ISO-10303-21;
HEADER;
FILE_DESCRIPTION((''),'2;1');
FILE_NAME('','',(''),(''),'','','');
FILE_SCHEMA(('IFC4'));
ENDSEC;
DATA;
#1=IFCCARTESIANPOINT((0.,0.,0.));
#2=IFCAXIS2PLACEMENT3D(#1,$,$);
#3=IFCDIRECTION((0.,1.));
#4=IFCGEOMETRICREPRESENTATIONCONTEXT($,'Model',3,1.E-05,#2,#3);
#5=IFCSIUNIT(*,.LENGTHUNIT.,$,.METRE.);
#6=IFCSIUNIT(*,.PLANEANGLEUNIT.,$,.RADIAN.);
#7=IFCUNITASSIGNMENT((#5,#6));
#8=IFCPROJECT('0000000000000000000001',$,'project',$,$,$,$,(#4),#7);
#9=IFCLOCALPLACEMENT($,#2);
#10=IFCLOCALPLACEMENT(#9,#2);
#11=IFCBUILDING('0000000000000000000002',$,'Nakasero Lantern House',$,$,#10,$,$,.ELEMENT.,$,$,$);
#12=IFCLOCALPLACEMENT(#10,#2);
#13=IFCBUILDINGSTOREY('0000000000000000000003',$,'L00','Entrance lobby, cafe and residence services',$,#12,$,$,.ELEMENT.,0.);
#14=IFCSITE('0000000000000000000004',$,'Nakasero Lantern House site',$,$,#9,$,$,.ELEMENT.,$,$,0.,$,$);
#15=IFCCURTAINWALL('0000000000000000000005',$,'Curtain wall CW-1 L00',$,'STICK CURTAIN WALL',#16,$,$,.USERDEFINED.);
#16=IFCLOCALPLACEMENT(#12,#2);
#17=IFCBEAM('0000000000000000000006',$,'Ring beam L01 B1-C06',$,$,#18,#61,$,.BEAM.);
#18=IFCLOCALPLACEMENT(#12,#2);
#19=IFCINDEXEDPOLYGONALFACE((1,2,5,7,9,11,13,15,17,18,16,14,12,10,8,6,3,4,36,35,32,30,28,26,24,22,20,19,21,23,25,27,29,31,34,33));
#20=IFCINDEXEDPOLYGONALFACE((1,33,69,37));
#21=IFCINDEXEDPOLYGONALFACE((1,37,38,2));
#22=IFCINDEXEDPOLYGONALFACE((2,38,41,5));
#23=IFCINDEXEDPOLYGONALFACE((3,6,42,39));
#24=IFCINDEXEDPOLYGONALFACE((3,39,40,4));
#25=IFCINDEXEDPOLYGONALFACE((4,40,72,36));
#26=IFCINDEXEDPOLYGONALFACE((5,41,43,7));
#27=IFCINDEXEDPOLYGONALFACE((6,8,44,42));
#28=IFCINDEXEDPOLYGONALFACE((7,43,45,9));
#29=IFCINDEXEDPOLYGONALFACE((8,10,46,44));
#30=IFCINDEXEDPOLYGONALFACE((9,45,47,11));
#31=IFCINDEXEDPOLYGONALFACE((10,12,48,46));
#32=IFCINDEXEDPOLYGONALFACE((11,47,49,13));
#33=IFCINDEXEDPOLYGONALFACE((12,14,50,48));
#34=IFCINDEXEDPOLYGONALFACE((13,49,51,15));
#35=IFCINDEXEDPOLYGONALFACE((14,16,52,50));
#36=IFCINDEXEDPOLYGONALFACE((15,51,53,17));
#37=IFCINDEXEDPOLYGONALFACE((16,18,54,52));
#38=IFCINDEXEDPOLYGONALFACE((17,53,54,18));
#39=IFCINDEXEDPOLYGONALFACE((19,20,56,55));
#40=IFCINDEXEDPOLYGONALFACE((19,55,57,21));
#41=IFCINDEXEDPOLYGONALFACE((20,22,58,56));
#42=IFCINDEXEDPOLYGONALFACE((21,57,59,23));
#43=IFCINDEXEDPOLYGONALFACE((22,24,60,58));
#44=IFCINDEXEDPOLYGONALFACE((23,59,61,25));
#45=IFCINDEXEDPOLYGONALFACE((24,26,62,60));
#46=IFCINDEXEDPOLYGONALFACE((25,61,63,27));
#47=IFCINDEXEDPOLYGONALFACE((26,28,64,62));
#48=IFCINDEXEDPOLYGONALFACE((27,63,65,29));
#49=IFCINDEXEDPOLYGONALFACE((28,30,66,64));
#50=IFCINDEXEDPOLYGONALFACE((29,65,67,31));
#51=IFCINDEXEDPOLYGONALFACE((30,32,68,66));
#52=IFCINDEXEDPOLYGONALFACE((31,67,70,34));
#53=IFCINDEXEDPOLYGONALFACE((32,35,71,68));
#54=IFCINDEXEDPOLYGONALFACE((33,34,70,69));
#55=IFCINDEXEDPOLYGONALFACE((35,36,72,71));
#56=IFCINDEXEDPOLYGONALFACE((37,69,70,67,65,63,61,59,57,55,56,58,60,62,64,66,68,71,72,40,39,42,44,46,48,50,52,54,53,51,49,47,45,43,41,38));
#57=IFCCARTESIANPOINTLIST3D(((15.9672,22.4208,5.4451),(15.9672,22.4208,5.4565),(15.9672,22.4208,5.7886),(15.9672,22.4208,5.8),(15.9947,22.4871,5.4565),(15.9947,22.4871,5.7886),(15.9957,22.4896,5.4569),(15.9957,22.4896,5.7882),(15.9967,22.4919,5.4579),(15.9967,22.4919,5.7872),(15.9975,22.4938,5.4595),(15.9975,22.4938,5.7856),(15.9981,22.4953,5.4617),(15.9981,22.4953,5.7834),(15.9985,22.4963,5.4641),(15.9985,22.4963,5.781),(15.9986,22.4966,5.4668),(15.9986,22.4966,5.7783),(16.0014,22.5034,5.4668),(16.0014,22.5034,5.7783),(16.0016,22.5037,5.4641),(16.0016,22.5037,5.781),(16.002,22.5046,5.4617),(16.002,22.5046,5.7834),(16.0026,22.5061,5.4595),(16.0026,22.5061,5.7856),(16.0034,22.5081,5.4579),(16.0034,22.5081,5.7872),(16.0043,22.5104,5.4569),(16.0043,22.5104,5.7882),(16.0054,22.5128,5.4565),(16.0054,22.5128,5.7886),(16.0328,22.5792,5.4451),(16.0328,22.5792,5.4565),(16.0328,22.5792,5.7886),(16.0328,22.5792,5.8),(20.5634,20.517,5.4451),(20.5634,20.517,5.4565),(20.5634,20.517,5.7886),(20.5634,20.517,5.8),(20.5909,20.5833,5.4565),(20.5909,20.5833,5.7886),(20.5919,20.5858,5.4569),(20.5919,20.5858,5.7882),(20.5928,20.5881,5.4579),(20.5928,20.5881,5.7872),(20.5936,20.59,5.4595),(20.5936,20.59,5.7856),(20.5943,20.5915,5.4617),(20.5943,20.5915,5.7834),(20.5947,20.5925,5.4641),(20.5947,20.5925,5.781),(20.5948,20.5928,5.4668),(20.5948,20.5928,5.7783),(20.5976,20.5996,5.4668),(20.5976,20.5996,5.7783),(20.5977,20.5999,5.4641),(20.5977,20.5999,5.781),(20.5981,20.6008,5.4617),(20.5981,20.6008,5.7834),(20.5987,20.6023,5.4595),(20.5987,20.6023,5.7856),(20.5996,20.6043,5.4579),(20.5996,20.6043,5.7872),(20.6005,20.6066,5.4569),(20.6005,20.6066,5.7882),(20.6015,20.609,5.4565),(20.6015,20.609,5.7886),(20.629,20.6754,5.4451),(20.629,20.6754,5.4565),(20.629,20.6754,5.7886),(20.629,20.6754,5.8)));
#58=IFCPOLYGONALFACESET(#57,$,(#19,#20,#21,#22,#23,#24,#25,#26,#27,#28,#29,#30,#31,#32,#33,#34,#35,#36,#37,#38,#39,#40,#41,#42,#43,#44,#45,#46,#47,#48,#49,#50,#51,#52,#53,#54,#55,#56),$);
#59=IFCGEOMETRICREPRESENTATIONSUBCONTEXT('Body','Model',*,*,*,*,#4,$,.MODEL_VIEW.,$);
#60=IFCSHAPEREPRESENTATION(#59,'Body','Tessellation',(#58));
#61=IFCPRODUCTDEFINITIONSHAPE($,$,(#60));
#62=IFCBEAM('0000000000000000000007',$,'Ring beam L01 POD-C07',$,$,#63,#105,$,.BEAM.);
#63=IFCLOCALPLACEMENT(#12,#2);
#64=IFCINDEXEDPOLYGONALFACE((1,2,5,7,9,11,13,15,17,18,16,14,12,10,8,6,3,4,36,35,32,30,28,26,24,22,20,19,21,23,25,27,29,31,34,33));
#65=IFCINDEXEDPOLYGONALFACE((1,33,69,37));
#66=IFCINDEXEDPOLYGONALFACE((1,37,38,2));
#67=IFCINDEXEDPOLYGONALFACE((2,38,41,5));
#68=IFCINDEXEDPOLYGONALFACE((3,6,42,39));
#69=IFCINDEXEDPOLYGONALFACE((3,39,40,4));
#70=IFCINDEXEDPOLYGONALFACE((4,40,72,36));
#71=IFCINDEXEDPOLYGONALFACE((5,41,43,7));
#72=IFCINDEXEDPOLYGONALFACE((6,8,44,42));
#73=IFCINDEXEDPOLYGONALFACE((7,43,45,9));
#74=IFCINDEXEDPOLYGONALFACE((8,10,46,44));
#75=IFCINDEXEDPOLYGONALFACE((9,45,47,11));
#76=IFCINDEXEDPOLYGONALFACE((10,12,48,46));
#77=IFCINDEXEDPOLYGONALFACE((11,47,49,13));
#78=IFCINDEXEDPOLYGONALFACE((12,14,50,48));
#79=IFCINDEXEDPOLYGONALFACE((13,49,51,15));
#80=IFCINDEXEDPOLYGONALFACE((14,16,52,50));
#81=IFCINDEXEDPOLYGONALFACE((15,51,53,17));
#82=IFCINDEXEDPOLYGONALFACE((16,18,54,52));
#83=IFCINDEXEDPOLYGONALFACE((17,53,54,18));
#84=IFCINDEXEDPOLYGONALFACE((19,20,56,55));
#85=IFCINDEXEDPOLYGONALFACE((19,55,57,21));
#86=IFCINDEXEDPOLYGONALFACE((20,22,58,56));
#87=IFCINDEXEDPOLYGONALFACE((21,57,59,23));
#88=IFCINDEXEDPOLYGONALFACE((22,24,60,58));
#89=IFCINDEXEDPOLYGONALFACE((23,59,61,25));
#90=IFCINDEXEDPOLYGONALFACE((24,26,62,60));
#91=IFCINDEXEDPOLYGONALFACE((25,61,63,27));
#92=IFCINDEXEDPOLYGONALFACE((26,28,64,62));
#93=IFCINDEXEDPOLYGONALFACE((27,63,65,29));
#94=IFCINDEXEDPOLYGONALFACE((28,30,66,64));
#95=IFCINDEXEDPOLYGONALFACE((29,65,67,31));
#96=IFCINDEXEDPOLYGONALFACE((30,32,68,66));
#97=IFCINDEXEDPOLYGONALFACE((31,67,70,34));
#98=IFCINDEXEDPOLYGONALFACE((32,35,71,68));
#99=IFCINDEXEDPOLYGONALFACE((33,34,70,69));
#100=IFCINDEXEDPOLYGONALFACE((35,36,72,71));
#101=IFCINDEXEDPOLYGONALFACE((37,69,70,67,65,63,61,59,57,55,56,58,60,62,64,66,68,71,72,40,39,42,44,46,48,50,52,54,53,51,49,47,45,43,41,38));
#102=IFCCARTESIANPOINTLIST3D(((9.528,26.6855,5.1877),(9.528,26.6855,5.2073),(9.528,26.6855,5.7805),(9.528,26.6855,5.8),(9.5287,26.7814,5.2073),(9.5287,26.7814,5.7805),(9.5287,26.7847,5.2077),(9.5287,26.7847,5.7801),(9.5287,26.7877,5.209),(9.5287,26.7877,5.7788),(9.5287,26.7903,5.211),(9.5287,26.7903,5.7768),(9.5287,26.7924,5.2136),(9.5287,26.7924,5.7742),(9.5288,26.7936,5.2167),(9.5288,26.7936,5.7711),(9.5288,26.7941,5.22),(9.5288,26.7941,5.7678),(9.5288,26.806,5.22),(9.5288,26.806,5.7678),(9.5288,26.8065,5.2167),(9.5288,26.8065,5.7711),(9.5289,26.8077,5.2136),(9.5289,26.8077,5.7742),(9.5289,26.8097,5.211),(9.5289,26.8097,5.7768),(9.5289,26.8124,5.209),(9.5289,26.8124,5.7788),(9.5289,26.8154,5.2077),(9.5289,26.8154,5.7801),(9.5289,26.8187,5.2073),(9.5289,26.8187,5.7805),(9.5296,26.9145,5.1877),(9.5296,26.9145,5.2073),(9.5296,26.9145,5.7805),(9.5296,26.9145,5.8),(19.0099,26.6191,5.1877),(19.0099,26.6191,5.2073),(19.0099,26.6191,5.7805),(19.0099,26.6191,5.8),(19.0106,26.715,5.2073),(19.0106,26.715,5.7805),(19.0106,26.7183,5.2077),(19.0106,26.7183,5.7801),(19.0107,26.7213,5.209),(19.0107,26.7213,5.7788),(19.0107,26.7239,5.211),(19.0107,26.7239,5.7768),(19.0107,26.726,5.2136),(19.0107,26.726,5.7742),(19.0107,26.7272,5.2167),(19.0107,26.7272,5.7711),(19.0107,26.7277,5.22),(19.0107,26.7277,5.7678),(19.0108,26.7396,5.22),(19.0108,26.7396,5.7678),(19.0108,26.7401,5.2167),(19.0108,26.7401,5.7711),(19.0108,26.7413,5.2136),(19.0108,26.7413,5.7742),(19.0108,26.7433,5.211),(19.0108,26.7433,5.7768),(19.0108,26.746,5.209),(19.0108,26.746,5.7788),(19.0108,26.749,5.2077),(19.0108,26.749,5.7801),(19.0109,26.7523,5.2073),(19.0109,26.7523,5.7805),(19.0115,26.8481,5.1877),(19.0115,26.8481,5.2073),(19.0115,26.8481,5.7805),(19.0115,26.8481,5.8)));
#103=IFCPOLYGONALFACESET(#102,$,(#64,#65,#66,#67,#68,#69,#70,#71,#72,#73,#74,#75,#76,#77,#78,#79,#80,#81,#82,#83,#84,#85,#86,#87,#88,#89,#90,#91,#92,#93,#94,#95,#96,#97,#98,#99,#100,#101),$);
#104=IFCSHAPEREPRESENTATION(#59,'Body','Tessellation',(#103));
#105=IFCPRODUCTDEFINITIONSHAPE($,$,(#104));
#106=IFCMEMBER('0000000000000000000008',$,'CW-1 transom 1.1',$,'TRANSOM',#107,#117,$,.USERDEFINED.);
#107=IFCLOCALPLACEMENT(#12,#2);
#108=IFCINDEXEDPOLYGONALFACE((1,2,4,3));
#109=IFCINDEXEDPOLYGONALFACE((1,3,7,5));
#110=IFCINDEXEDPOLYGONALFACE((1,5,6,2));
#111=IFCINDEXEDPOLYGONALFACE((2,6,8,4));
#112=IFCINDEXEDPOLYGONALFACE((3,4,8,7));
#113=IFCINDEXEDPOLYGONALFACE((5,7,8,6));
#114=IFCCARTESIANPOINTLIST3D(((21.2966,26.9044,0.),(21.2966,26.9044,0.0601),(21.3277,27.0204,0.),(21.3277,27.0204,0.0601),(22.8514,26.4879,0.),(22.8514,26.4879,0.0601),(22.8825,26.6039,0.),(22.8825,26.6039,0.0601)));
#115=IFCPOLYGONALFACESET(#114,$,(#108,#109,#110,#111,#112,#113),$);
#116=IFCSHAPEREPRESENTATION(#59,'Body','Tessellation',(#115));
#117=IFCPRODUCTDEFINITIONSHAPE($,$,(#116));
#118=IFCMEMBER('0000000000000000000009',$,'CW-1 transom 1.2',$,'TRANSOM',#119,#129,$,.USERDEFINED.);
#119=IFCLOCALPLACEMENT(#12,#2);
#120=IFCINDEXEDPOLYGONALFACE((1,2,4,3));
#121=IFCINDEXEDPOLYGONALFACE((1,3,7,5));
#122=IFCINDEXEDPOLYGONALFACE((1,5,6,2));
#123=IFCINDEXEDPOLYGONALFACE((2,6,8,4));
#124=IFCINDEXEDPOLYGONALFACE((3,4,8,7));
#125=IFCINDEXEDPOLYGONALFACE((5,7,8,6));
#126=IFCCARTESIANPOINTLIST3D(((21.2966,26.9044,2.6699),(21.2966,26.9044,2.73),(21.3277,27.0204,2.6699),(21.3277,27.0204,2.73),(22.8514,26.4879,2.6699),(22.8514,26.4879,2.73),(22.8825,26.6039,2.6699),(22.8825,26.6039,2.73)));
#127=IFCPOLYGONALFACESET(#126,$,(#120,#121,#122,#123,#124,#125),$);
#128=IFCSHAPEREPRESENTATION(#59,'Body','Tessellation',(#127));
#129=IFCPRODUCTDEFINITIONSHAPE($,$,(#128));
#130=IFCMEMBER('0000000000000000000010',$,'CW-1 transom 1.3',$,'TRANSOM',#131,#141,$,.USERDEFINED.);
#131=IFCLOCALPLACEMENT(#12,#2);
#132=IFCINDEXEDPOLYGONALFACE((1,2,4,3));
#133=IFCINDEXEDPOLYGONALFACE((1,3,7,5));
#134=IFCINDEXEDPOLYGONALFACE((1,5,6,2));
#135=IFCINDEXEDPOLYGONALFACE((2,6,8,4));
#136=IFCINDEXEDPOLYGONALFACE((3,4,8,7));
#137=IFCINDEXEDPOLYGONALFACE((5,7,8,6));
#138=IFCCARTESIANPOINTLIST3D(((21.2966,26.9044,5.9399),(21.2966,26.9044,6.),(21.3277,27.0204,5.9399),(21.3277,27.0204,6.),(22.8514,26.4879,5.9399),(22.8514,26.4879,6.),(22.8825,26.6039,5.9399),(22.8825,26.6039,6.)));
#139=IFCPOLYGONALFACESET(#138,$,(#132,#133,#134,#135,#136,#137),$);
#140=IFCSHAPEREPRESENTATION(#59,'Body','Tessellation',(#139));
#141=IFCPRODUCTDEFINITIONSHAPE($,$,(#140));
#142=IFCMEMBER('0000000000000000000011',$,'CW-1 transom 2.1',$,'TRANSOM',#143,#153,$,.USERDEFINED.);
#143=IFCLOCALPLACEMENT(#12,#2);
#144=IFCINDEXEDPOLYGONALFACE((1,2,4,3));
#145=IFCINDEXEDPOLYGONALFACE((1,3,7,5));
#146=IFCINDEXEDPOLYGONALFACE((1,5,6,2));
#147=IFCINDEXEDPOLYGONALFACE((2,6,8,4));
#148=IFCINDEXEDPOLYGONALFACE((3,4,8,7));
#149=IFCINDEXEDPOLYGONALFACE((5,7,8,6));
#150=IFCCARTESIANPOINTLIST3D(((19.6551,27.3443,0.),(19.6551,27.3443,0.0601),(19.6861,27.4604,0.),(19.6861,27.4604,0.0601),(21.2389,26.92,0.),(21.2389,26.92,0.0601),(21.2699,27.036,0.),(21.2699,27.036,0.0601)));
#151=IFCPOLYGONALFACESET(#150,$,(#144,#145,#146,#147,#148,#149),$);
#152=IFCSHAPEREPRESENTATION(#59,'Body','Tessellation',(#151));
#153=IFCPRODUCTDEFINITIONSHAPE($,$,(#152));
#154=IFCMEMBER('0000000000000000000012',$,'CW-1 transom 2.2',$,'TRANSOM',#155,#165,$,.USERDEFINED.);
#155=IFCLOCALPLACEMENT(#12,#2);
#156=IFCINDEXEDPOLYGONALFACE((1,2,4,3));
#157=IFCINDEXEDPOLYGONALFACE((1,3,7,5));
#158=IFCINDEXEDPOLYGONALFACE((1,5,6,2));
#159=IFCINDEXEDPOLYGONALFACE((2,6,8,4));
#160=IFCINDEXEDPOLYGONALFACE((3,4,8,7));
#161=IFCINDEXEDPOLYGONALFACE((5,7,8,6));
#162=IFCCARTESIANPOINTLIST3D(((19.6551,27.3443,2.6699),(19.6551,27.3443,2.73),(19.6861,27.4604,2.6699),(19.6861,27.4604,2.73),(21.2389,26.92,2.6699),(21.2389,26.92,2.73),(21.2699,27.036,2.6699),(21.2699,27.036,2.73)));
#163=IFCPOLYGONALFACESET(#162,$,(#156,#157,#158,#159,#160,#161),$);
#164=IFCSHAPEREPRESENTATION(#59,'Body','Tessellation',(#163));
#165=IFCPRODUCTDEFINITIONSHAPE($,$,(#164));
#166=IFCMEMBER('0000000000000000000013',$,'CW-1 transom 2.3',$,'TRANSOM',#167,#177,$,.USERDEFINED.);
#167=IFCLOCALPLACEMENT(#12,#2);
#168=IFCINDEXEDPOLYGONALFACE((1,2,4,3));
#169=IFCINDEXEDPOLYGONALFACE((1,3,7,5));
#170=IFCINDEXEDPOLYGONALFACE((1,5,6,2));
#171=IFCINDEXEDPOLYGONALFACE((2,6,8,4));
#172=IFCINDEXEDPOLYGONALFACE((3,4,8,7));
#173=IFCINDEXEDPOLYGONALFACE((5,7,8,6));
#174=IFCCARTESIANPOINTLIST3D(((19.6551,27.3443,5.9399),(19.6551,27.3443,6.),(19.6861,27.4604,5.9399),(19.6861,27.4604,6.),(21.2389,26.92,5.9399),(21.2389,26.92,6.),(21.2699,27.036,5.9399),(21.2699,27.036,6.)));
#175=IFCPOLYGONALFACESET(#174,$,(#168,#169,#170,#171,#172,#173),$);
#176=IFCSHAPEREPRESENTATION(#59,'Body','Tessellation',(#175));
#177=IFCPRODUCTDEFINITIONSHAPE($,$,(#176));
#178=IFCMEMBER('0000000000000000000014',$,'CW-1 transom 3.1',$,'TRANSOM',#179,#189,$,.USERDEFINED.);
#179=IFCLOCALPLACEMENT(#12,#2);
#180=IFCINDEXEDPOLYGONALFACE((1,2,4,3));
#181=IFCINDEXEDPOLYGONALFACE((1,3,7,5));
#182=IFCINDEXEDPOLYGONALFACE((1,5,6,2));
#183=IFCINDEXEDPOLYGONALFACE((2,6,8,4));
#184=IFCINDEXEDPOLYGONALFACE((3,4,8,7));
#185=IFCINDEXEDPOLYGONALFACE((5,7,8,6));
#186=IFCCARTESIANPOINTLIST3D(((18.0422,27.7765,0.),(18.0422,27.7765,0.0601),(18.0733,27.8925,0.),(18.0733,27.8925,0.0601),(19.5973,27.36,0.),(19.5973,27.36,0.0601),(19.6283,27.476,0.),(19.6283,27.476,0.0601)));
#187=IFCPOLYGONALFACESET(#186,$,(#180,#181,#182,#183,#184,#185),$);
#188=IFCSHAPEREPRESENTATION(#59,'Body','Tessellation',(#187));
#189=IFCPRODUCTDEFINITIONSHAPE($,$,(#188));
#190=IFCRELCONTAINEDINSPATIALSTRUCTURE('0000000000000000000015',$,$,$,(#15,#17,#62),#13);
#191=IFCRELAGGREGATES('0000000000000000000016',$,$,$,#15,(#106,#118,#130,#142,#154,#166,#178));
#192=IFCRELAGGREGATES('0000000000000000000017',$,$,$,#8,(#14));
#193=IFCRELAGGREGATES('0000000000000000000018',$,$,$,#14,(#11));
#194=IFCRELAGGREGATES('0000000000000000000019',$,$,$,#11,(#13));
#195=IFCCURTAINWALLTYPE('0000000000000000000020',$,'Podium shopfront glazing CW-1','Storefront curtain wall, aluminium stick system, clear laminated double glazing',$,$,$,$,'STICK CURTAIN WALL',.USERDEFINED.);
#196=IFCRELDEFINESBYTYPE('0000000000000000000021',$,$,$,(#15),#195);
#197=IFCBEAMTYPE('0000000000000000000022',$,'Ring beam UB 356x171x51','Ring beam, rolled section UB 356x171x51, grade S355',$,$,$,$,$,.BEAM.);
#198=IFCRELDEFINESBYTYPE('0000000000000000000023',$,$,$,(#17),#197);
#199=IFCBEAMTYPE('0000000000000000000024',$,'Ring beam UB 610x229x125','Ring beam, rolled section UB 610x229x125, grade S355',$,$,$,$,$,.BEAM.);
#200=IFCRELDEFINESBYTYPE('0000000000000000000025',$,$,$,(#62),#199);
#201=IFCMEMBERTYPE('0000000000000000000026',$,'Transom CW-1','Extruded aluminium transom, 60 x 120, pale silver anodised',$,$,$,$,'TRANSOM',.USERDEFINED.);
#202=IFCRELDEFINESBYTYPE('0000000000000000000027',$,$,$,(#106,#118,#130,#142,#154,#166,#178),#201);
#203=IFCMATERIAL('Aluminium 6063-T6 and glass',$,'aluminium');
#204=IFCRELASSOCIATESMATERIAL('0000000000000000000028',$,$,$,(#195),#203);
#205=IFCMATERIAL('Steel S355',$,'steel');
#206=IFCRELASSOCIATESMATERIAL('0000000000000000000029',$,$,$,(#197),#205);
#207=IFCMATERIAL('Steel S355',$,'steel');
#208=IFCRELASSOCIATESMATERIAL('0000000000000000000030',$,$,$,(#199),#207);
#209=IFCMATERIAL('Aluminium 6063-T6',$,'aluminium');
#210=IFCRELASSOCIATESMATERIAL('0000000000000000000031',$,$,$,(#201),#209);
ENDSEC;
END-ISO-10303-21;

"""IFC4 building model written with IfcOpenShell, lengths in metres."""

from ifc_helpers import new_model, si_unit, direction, frame, origin, origin_2d, place, context, subcontext, project, spatial, rectangle, i_section, extrude, material, material_profile, profile_set, type_object, element, aggregate, save


model = new_model("IFC4")

# Units and contexts
model_context = context("Model", 3, precision=1e-05, world=origin(), true_north=direction((0.0, 1.0)))
body_context = subcontext(model_context, "Body", "Model", "MODEL_VIEW")
ifc_project = project(units=[si_unit("LENGTHUNIT", "METRE"), si_unit("PLANEANGLEUNIT", "RADIAN")], contexts=[model_context])

# Site, building, storey
site_placement = place(None, origin())
site = spatial("IfcSite", under=ifc_project, at=site_placement, Name="Nakasero Lantern House site", CompositionType="ELEMENT", RefElevation=0.0)
building_placement = place(site_placement, origin())
building = spatial("IfcBuilding", under=site, at=building_placement, Name="Nakasero Lantern House", CompositionType="ELEMENT")
storey_placement = place(building_placement, origin())
storey = spatial("IfcBuildingStorey", under=building, at=storey_placement, Name="L00", Description="Entrance lobby, cafe and residence services", CompositionType="ELEMENT", Elevation=0.0)

# Curtain wall
ifc_material_1 = material(Name="Aluminium 6063-T6 and glass", Category="aluminium")
curtain_wall_type = type_object("IfcCurtainWallType", Name="Podium shopfront glazing CW-1", Description="Storefront curtain wall, aluminium stick system, clear laminated double glazing", ElementType="STICK CURTAIN WALL", PredefinedType="USERDEFINED", material=ifc_material_1)
curtain_wall_1_placement = place(storey_placement, origin())
curtain_wall_1 = element("IfcCurtainWall", 1, at=curtain_wall_1_placement, inside=storey, type_object=curtain_wall_type, Name="Curtain wall CW-1 L00", ObjectType="STICK CURTAIN WALL", PredefinedType="USERDEFINED")

# Beams
ifc_material_2 = material(Name="Steel S355", Category="steel")
ifc_material_profile_1 = material_profile(ifc_material_2, i_section(OverallWidth=0.1714, OverallDepth=0.355, WebThickness=0.0073, FlangeThickness=0.0115, FilletRadius=0.0103, at=origin_2d()), Name="UB 356x171x51")
ifc_profile_set_1 = profile_set([ifc_material_profile_1], Name="Steel S355")
beam_type_1 = type_object("IfcBeamType", Name="Ring beam UB 356x171x51", Description="Ring beam, rolled section UB 356x171x51, grade S355", PredefinedType="BEAM", material=ifc_profile_set_1)
beam_1_placement = place(storey_placement, frame((20.5962, 20.5962, 5.6226), z_axis=(-0.923879, 0.382684, 0.0), x_axis=(-0.382684, -0.923879, 0.0)))
element("IfcBeam", 2, at=beam_1_placement, inside=storey, type_object=beam_type_1, Name="Ring beam L01 B1-C06", PredefinedType="BEAM", context=body_context, shape_type="SweptSolid", body=[
    extrude(i_section(OverallWidth=0.1714, OverallDepth=0.355, WebThickness=0.0073, FlangeThickness=0.0115, FilletRadius=0.0103, at=origin_2d()), origin(), (0.0, 0.0, 1.0), 4.9749),
])
ifc_material_3 = material(Name="Steel S355", Category="steel")
ifc_material_profile_2 = material_profile(ifc_material_3, i_section(OverallWidth=0.229, OverallDepth=0.6123, WebThickness=0.012, FlangeThickness=0.0195, FilletRadius=0.0127, at=origin_2d()), Name="UB 610x229x125")
ifc_profile_set_2 = profile_set([ifc_material_profile_2], Name="Steel S355")
beam_type_2 = type_object("IfcBeamType", Name="Ring beam UB 610x229x125", Description="Ring beam, rolled section UB 610x229x125, grade S355", PredefinedType="BEAM", material=ifc_profile_set_2)
beam_2_placement = place(storey_placement, frame((19.0107, 26.7336, 5.4939), z_axis=(-0.999975, 0.007003, 0.0), x_axis=(-0.007003, -0.999975, 0.0)))
element("IfcBeam", 3, at=beam_2_placement, inside=storey, type_object=beam_type_2, Name="Ring beam L01 POD-C07", PredefinedType="BEAM", context=body_context, shape_type="SweptSolid", body=[
    extrude(i_section(OverallWidth=0.229, OverallDepth=0.6123, WebThickness=0.012, FlangeThickness=0.0195, FilletRadius=0.0127, at=origin_2d()), origin(), (0.0, 0.0, 1.0), 9.4822),
])

# Members
ifc_material_4 = material(Name="Aluminium 6063-T6", Category="aluminium")
ifc_material_profile_3 = material_profile(ifc_material_4, rectangle(XDim=0.0601, YDim=0.1201, at=origin_2d()), Name="CW-1 transom 60x120")
ifc_profile_set_3 = profile_set([ifc_material_profile_3], Name="Aluminium 6063-T6")
member_type_1 = type_object("IfcMemberType", Name="Transom CW-1", Description="Extruded aluminium transom, 60 x 120, pale silver anodised", ElementType="TRANSOM", PredefinedType="USERDEFINED", material=ifc_profile_set_3)
member_1_placement = place(storey_placement, frame((22.8669, 26.5459, 0.03), z_axis=(-0.965937, 0.258777, 0.0), x_axis=(0.0, 0.0, 1.0)))
member_1 = element("IfcMember", 4, at=member_1_placement, type_object=member_type_1, Name="CW-1 transom 1.1", ObjectType="TRANSOM", PredefinedType="USERDEFINED", context=body_context, shape_type="SweptSolid", body=[
    extrude(rectangle(XDim=0.0601, YDim=0.1201, at=origin_2d()), origin(), (0.0, 0.0, 1.0), 1.6096),
])
member_2_placement = place(storey_placement, frame((22.8669, 26.5459, 2.7), z_axis=(-0.965937, 0.258777, 0.0), x_axis=(0.0, 0.0, 1.0)))
member_2 = element("IfcMember", 5, at=member_2_placement, type_object=member_type_1, Name="CW-1 transom 1.2", ObjectType="TRANSOM", PredefinedType="USERDEFINED", context=body_context, shape_type="SweptSolid", body=[
    extrude(rectangle(XDim=0.0601, YDim=0.1201, at=origin_2d()), origin(), (0.0, 0.0, 1.0), 1.6096),
])
member_3_placement = place(storey_placement, frame((22.8669, 26.5459, 5.97), z_axis=(-0.965937, 0.258777, 0.0), x_axis=(0.0, 0.0, 1.0)))
member_3 = element("IfcMember", 6, at=member_3_placement, type_object=member_type_1, Name="CW-1 transom 1.3", ObjectType="TRANSOM", PredefinedType="USERDEFINED", context=body_context, shape_type="SweptSolid", body=[
    extrude(rectangle(XDim=0.0601, YDim=0.1201, at=origin_2d()), origin(), (0.0, 0.0, 1.0), 1.6096),
])
member_4_placement = place(storey_placement, frame((21.2544, 26.978, 0.03), z_axis=(-0.965933, 0.258793, 0.0), x_axis=(0.0, 0.0, 1.0)))
member_4 = element("IfcMember", 7, at=member_4_placement, type_object=member_type_1, Name="CW-1 transom 2.1", ObjectType="TRANSOM", PredefinedType="USERDEFINED", context=body_context, shape_type="SweptSolid", body=[
    extrude(rectangle(XDim=0.0601, YDim=0.1201, at=origin_2d()), origin(), (0.0, 0.0, 1.0), 1.6396),
])
member_5_placement = place(storey_placement, frame((21.2544, 26.978, 2.7), z_axis=(-0.965933, 0.258793, 0.0), x_axis=(0.0, 0.0, 1.0)))
member_5 = element("IfcMember", 8, at=member_5_placement, type_object=member_type_1, Name="CW-1 transom 2.2", ObjectType="TRANSOM", PredefinedType="USERDEFINED", context=body_context, shape_type="SweptSolid", body=[
    extrude(rectangle(XDim=0.0601, YDim=0.1201, at=origin_2d()), origin(), (0.0, 0.0, 1.0), 1.6396),
])
member_6_placement = place(storey_placement, frame((21.2544, 26.978, 5.97), z_axis=(-0.965933, 0.258793, 0.0), x_axis=(0.0, 0.0, 1.0)))
member_6 = element("IfcMember", 9, at=member_6_placement, type_object=member_type_1, Name="CW-1 transom 2.3", ObjectType="TRANSOM", PredefinedType="USERDEFINED", context=body_context, shape_type="SweptSolid", body=[
    extrude(rectangle(XDim=0.0601, YDim=0.1201, at=origin_2d()), origin(), (0.0, 0.0, 1.0), 1.6396),
])
member_7_placement = place(storey_placement, frame((19.6128, 27.418, 0.03), z_axis=(-0.965947, 0.258739, 0.0), x_axis=(0.0, 0.0, 1.0)))
member_7 = element("IfcMember", 10, at=member_7_placement, type_object=member_type_1, Name="CW-1 transom 3.1", ObjectType="TRANSOM", PredefinedType="USERDEFINED", context=body_context, shape_type="SweptSolid", body=[
    extrude(rectangle(XDim=0.0601, YDim=0.1201, at=origin_2d()), origin(), (0.0, 0.0, 1.0), 1.6099),
])

aggregate(curtain_wall_1, [member_1, member_2, member_3, member_4, member_5, member_6, member_7])

save(model, "model.ifc")
